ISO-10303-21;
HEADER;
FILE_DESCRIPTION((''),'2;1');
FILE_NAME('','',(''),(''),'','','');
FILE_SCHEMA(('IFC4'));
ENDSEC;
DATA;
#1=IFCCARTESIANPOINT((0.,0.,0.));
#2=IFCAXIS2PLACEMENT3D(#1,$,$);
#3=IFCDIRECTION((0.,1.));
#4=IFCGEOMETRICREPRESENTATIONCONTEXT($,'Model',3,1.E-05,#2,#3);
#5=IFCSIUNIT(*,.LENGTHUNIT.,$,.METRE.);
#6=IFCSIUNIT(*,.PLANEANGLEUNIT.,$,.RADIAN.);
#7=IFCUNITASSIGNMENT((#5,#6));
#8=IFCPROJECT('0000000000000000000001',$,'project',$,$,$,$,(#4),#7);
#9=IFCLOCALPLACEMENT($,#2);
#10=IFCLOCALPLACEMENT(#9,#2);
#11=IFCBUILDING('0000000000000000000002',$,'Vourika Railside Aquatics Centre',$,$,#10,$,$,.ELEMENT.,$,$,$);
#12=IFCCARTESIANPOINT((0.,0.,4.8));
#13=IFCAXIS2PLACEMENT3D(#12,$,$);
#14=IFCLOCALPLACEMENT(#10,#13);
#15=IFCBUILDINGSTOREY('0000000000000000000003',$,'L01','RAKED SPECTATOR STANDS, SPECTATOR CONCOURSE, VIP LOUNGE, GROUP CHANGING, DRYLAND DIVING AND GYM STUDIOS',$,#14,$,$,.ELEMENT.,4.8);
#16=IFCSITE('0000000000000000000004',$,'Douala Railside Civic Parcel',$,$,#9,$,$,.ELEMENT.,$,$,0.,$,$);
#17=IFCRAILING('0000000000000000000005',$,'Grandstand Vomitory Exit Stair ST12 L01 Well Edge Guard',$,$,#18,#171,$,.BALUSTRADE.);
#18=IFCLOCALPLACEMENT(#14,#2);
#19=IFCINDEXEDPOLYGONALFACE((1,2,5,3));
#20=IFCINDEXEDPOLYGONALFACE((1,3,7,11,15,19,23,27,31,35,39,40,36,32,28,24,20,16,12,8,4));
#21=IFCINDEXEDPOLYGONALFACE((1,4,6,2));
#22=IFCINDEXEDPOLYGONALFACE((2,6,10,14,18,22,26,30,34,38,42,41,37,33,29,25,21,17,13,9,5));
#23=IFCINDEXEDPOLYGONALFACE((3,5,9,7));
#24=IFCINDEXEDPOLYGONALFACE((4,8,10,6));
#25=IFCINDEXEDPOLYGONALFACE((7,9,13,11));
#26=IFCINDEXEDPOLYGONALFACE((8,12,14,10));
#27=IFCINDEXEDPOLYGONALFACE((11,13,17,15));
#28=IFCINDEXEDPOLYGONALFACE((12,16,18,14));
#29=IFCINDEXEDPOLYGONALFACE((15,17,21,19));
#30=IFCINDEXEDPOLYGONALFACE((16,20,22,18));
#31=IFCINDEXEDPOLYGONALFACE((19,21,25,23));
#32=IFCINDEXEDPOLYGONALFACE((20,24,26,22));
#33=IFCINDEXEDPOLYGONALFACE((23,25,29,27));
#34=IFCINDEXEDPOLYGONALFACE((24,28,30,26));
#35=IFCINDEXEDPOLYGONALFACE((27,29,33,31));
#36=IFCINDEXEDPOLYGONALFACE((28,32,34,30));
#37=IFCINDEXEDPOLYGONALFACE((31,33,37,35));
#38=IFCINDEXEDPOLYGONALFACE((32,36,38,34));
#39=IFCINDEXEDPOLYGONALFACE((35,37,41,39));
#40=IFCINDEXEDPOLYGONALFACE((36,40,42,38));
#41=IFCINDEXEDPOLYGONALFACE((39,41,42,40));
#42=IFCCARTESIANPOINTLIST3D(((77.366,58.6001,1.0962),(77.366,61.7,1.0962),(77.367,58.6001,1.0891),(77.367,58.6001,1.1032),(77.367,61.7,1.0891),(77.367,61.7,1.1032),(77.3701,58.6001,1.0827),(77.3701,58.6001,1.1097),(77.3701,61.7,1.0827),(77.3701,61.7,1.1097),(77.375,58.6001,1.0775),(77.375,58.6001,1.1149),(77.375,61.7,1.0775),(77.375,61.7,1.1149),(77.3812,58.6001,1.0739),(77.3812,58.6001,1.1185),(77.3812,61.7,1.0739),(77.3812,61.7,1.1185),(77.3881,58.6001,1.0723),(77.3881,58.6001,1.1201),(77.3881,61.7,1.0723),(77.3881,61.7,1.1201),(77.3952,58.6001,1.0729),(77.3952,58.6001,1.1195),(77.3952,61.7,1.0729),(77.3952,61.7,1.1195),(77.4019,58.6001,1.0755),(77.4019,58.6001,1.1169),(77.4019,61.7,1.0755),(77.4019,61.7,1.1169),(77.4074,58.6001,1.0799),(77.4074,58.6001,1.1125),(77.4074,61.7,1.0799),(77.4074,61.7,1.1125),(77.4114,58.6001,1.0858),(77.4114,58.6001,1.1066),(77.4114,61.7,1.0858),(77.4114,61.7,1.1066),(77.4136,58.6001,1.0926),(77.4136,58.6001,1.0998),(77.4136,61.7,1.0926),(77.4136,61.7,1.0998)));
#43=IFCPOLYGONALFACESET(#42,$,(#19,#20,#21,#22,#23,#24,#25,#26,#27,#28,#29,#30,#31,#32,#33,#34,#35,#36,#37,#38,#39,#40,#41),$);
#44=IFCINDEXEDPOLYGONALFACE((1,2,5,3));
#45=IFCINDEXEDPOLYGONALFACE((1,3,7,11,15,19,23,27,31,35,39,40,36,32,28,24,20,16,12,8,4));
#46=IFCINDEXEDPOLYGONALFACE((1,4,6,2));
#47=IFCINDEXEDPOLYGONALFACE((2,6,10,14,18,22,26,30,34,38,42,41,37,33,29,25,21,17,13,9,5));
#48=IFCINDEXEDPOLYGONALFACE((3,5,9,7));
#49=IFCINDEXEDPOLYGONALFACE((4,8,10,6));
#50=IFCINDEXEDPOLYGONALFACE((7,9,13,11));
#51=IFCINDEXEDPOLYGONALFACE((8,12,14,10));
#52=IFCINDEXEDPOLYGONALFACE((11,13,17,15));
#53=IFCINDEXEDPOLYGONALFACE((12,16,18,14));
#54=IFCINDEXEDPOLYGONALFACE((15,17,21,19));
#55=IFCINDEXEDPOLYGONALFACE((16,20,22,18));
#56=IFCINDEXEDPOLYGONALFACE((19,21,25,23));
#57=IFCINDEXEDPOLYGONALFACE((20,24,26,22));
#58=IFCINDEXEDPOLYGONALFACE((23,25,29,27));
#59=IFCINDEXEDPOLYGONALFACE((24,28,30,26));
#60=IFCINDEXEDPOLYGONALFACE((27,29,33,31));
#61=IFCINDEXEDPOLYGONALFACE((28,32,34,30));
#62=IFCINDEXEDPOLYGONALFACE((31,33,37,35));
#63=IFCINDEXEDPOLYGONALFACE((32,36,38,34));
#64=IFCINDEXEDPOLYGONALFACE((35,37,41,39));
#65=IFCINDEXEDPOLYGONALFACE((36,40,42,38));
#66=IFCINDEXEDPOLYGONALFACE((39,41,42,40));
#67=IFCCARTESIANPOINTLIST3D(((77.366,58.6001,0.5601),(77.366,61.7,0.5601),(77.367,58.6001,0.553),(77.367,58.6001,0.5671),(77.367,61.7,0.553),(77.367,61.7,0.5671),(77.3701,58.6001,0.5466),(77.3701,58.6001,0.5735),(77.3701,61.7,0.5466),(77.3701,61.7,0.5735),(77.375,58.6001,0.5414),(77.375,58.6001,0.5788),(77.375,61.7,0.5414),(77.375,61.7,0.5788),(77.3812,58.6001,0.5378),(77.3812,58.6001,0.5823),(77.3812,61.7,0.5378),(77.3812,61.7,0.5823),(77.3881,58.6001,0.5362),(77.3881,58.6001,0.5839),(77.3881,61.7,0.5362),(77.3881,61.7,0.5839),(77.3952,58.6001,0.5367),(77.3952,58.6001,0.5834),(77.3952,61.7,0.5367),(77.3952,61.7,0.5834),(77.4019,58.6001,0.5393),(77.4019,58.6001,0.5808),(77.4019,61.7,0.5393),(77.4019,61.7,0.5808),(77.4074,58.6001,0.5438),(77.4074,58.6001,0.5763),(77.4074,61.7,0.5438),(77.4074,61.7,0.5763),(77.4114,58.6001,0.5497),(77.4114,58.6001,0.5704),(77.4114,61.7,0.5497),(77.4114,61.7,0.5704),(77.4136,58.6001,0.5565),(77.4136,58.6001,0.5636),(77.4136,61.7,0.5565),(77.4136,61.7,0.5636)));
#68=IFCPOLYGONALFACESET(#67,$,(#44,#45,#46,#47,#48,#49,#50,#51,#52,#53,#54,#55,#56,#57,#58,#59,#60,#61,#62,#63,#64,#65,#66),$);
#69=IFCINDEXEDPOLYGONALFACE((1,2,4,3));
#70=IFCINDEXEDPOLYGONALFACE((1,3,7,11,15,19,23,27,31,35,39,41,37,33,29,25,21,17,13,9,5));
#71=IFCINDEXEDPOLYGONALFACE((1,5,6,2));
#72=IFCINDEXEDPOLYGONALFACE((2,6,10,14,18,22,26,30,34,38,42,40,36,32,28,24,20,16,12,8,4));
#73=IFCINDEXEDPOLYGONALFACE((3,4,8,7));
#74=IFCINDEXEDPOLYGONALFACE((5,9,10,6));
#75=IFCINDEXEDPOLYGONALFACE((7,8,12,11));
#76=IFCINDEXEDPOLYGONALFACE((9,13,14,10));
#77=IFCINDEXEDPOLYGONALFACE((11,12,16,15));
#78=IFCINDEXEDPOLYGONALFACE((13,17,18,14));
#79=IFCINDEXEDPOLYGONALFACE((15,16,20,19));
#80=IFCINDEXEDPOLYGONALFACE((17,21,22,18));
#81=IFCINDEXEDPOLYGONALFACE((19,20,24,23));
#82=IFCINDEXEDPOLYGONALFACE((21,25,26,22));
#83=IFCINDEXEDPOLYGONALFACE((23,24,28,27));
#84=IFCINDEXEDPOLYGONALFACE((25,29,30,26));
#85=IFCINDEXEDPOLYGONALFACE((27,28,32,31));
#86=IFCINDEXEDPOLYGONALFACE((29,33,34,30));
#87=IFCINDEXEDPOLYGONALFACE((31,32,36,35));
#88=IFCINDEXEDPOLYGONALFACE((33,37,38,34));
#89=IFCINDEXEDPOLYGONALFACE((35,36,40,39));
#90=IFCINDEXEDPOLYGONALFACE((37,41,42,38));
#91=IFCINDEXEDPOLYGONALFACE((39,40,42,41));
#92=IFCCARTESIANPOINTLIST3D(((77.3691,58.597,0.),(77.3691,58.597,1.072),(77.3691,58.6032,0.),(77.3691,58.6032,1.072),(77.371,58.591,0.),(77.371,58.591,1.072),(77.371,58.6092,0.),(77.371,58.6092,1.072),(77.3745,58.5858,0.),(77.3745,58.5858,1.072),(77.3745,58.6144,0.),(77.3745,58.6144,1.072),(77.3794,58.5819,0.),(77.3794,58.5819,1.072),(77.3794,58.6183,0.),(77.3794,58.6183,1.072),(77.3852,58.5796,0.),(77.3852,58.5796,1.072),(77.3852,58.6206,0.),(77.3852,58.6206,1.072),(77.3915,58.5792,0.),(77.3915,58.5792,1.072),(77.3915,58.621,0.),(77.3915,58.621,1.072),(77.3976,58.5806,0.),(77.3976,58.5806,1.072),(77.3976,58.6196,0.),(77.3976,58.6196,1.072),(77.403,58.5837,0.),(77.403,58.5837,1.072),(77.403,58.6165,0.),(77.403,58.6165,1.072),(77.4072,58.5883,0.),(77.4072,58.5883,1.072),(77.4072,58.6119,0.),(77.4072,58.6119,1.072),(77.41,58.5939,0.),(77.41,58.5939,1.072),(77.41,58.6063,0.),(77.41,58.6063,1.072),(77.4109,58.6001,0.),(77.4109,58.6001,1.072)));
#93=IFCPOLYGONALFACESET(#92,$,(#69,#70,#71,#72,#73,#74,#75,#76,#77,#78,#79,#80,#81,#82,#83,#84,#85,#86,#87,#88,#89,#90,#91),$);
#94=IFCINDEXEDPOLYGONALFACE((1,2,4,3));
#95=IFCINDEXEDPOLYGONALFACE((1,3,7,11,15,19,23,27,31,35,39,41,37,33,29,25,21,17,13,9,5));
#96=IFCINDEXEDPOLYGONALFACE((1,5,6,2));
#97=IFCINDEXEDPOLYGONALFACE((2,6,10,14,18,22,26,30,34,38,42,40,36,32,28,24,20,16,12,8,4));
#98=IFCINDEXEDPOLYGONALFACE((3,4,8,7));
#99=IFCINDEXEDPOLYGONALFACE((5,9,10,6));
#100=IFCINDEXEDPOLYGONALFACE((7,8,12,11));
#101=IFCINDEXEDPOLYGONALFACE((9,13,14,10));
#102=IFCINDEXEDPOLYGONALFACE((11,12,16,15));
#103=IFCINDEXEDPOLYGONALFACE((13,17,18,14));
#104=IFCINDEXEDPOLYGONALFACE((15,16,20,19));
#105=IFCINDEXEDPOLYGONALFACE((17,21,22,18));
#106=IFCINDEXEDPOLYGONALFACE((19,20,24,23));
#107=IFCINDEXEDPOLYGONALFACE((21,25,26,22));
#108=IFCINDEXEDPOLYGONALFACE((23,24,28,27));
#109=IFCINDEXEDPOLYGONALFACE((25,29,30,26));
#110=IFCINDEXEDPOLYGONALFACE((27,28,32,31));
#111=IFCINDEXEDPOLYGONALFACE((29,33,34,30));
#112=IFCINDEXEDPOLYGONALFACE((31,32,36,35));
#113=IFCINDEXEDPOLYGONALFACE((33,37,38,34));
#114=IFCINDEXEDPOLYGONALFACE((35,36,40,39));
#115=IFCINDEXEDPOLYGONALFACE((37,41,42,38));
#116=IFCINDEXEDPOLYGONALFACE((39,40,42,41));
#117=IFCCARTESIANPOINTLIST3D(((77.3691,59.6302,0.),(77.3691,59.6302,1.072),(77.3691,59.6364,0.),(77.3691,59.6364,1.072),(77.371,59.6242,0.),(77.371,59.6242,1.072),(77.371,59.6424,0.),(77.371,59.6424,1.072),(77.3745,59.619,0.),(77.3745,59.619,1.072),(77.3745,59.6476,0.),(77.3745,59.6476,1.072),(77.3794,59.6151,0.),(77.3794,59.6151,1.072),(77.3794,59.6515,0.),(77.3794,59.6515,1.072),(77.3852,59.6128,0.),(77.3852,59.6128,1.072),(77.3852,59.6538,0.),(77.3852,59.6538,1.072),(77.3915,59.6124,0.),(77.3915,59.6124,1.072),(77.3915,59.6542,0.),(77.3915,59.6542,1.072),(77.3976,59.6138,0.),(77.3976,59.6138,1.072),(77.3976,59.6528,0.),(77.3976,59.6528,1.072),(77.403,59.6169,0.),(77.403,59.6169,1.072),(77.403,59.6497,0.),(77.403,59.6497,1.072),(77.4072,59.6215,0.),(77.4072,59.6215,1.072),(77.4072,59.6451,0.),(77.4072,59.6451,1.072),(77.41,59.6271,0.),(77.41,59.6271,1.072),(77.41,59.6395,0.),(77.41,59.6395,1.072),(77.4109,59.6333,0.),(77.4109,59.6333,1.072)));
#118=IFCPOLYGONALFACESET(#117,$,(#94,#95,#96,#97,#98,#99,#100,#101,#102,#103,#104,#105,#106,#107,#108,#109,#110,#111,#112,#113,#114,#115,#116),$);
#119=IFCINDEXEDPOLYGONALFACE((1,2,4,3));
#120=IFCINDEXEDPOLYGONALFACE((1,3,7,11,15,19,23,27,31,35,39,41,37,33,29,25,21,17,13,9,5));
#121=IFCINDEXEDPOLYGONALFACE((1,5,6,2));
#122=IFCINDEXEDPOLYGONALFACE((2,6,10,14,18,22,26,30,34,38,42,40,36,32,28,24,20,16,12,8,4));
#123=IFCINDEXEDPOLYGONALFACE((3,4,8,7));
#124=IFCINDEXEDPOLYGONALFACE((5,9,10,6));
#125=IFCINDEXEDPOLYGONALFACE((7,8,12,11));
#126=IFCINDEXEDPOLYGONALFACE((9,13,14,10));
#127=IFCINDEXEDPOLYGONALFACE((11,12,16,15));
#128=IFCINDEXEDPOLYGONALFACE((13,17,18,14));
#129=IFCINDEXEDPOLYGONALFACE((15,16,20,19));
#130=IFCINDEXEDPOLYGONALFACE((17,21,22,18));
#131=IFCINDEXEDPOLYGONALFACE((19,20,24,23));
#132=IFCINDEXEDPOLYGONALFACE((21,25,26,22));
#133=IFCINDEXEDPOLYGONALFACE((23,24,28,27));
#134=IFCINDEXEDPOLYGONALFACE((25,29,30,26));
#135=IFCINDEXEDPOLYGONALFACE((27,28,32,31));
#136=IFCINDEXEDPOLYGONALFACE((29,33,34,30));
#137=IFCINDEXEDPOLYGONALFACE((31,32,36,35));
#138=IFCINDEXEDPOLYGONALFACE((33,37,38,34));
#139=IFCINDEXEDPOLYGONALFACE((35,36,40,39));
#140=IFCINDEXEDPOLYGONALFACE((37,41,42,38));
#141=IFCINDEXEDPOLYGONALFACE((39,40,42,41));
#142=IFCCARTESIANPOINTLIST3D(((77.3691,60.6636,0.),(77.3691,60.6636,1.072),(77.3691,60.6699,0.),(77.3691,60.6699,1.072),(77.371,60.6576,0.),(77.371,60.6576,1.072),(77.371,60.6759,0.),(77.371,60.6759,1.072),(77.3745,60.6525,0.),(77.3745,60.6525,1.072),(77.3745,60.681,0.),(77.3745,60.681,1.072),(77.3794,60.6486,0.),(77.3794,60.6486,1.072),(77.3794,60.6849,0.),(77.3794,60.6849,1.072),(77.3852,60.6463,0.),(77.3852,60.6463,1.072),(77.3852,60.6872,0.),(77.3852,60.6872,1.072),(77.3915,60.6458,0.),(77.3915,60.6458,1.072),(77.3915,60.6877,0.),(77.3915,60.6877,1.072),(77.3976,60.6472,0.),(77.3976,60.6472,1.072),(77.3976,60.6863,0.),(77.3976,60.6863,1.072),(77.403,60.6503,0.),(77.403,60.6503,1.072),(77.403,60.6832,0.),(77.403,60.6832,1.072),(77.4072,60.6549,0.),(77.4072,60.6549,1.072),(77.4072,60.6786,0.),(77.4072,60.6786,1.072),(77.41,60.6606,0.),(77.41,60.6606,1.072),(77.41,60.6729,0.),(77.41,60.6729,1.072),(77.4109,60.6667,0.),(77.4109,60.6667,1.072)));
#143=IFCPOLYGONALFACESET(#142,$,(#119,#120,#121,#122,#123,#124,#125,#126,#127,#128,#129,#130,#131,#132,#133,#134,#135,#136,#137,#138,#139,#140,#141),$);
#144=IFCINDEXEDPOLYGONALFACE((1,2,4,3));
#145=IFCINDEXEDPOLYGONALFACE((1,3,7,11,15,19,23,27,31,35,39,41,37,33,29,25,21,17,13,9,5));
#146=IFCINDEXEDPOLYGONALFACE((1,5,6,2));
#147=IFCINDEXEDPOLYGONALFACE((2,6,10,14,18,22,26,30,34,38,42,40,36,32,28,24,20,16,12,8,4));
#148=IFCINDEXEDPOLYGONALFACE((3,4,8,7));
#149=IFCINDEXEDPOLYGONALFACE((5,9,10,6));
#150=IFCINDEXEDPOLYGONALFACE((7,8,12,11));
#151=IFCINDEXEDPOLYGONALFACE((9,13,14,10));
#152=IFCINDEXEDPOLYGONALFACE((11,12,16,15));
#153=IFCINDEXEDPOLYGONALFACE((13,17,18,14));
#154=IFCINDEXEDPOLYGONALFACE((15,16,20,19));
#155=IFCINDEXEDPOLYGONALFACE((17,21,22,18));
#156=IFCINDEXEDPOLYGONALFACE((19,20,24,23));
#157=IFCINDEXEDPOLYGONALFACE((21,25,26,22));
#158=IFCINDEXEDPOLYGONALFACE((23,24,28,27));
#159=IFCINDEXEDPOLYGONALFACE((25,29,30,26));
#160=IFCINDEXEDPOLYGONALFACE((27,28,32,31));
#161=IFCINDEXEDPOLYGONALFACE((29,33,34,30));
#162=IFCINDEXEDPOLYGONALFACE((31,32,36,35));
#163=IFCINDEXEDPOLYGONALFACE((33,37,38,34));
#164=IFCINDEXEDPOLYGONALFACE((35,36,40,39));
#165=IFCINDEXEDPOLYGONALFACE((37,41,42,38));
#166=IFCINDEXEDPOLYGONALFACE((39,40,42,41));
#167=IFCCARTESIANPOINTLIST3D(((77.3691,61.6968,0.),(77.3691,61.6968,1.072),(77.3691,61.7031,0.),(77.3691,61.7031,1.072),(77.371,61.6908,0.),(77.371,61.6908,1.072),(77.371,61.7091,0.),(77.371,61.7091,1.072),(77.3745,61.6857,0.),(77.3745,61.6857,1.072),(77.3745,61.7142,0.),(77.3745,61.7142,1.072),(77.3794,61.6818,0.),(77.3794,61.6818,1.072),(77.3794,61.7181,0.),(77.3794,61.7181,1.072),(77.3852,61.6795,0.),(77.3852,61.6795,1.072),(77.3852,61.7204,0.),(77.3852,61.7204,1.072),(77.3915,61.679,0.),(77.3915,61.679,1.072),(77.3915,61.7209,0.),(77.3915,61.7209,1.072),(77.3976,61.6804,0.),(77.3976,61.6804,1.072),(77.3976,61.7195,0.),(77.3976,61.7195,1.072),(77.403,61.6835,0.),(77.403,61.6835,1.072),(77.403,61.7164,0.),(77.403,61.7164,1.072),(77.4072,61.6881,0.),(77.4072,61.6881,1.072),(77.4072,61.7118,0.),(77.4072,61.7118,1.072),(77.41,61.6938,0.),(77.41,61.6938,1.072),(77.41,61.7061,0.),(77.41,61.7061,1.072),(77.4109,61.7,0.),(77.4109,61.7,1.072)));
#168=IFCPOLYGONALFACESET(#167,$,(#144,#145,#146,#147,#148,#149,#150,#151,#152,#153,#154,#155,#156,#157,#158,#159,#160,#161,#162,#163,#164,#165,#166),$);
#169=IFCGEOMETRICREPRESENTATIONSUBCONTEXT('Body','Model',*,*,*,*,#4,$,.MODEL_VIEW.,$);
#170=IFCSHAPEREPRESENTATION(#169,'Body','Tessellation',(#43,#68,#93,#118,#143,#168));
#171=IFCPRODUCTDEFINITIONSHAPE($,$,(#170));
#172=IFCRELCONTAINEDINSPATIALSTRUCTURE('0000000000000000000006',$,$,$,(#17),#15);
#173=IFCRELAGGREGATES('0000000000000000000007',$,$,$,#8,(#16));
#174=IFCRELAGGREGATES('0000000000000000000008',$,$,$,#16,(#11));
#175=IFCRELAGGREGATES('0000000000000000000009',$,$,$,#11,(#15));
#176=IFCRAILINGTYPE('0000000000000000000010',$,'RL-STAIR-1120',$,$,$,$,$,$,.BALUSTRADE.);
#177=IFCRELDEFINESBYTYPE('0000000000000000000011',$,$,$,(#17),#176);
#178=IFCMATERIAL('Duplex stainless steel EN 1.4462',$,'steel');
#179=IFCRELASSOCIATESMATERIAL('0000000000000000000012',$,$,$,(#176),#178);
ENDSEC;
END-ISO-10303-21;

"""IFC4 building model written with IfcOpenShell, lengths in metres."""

from ifc_helpers import new_model, si_unit, direction, frame, origin, origin_2d, place, context, subcontext, project, spatial, circle, extrude, material, type_object, element, save


model = new_model("IFC4")

# Units and contexts
model_context = context("Model", 3, precision=1e-05, world=origin(), true_north=direction((0.0, 1.0)))
body_context = subcontext(model_context, "Body", "Model", "MODEL_VIEW")
ifc_project = project(units=[si_unit("LENGTHUNIT", "METRE"), si_unit("PLANEANGLEUNIT", "RADIAN")], contexts=[model_context])

# Site, building, storey
site_placement = place(None, origin())
site = spatial("IfcSite", under=ifc_project, at=site_placement, Name="Douala Railside Civic Parcel", CompositionType="ELEMENT", RefElevation=0.0)
building_placement = place(site_placement, origin())
building = spatial("IfcBuilding", under=site, at=building_placement, Name="Vourika Railside Aquatics Centre", CompositionType="ELEMENT")
storey_placement = place(building_placement, frame((0.0, 0.0, 4.8)))
storey = spatial("IfcBuildingStorey", under=building, at=storey_placement, Name="L01", Description="RAKED SPECTATOR STANDS, SPECTATOR CONCOURSE, VIP LOUNGE, GROUP CHANGING, DRYLAND DIVING AND GYM STUDIOS", CompositionType="ELEMENT", Elevation=4.8)

# Railing
ifc_material_1 = material(Name="Duplex stainless steel EN 1.4462", Category="steel")
railing_type = type_object("IfcRailingType", Name="RL-STAIR-1120", PredefinedType="BALUSTRADE", material=ifc_material_1)
for number, where, name in (
    (1, (77.3899, 58.6001, 0.0), "Grandstand Vomitory Exit Stair ST12 L01 Well Edge Guard"),
):
    element("IfcRailing", number, at=place(storey_placement, frame(where)), inside=storey, type_object=railing_type, Name=name, PredefinedType="BALUSTRADE", context=body_context, shape_type="SweptSolid", body=[
        extrude(circle(Radius=0.0239, at=origin_2d()), frame((0.0, 0.0, 1.0962), z_axis=(0.0, 1.0, 0.0), x_axis=(-1.0, 0.0, 0.0)), (0.0, 0.0, 1.0), 3.0999),
        extrude(circle(Radius=0.0239, at=origin_2d()), frame((0.0, 0.0, 0.5601), z_axis=(0.0, 1.0, 0.0), x_axis=(-1.0, 0.0, 0.0)), (0.0, 0.0, 1.0), 3.0999),
        extrude(circle(Radius=0.021, at=origin_2d()), origin(), (0.0, 0.0, 1.0), 1.072),
        extrude(circle(Radius=0.021, at=origin_2d()), frame((0.0, 1.0332, 0.0)), (0.0, 0.0, 1.0), 1.072),
        extrude(circle(Radius=0.021, at=origin_2d()), frame((0.0, 2.0667, 0.0)), (0.0, 0.0, 1.0), 1.072),
        extrude(circle(Radius=0.021, at=origin_2d()), frame((0.0, 3.0999, 0.0)), (0.0, 0.0, 1.0), 1.072),
    ])

save(model, "model.ifc")
